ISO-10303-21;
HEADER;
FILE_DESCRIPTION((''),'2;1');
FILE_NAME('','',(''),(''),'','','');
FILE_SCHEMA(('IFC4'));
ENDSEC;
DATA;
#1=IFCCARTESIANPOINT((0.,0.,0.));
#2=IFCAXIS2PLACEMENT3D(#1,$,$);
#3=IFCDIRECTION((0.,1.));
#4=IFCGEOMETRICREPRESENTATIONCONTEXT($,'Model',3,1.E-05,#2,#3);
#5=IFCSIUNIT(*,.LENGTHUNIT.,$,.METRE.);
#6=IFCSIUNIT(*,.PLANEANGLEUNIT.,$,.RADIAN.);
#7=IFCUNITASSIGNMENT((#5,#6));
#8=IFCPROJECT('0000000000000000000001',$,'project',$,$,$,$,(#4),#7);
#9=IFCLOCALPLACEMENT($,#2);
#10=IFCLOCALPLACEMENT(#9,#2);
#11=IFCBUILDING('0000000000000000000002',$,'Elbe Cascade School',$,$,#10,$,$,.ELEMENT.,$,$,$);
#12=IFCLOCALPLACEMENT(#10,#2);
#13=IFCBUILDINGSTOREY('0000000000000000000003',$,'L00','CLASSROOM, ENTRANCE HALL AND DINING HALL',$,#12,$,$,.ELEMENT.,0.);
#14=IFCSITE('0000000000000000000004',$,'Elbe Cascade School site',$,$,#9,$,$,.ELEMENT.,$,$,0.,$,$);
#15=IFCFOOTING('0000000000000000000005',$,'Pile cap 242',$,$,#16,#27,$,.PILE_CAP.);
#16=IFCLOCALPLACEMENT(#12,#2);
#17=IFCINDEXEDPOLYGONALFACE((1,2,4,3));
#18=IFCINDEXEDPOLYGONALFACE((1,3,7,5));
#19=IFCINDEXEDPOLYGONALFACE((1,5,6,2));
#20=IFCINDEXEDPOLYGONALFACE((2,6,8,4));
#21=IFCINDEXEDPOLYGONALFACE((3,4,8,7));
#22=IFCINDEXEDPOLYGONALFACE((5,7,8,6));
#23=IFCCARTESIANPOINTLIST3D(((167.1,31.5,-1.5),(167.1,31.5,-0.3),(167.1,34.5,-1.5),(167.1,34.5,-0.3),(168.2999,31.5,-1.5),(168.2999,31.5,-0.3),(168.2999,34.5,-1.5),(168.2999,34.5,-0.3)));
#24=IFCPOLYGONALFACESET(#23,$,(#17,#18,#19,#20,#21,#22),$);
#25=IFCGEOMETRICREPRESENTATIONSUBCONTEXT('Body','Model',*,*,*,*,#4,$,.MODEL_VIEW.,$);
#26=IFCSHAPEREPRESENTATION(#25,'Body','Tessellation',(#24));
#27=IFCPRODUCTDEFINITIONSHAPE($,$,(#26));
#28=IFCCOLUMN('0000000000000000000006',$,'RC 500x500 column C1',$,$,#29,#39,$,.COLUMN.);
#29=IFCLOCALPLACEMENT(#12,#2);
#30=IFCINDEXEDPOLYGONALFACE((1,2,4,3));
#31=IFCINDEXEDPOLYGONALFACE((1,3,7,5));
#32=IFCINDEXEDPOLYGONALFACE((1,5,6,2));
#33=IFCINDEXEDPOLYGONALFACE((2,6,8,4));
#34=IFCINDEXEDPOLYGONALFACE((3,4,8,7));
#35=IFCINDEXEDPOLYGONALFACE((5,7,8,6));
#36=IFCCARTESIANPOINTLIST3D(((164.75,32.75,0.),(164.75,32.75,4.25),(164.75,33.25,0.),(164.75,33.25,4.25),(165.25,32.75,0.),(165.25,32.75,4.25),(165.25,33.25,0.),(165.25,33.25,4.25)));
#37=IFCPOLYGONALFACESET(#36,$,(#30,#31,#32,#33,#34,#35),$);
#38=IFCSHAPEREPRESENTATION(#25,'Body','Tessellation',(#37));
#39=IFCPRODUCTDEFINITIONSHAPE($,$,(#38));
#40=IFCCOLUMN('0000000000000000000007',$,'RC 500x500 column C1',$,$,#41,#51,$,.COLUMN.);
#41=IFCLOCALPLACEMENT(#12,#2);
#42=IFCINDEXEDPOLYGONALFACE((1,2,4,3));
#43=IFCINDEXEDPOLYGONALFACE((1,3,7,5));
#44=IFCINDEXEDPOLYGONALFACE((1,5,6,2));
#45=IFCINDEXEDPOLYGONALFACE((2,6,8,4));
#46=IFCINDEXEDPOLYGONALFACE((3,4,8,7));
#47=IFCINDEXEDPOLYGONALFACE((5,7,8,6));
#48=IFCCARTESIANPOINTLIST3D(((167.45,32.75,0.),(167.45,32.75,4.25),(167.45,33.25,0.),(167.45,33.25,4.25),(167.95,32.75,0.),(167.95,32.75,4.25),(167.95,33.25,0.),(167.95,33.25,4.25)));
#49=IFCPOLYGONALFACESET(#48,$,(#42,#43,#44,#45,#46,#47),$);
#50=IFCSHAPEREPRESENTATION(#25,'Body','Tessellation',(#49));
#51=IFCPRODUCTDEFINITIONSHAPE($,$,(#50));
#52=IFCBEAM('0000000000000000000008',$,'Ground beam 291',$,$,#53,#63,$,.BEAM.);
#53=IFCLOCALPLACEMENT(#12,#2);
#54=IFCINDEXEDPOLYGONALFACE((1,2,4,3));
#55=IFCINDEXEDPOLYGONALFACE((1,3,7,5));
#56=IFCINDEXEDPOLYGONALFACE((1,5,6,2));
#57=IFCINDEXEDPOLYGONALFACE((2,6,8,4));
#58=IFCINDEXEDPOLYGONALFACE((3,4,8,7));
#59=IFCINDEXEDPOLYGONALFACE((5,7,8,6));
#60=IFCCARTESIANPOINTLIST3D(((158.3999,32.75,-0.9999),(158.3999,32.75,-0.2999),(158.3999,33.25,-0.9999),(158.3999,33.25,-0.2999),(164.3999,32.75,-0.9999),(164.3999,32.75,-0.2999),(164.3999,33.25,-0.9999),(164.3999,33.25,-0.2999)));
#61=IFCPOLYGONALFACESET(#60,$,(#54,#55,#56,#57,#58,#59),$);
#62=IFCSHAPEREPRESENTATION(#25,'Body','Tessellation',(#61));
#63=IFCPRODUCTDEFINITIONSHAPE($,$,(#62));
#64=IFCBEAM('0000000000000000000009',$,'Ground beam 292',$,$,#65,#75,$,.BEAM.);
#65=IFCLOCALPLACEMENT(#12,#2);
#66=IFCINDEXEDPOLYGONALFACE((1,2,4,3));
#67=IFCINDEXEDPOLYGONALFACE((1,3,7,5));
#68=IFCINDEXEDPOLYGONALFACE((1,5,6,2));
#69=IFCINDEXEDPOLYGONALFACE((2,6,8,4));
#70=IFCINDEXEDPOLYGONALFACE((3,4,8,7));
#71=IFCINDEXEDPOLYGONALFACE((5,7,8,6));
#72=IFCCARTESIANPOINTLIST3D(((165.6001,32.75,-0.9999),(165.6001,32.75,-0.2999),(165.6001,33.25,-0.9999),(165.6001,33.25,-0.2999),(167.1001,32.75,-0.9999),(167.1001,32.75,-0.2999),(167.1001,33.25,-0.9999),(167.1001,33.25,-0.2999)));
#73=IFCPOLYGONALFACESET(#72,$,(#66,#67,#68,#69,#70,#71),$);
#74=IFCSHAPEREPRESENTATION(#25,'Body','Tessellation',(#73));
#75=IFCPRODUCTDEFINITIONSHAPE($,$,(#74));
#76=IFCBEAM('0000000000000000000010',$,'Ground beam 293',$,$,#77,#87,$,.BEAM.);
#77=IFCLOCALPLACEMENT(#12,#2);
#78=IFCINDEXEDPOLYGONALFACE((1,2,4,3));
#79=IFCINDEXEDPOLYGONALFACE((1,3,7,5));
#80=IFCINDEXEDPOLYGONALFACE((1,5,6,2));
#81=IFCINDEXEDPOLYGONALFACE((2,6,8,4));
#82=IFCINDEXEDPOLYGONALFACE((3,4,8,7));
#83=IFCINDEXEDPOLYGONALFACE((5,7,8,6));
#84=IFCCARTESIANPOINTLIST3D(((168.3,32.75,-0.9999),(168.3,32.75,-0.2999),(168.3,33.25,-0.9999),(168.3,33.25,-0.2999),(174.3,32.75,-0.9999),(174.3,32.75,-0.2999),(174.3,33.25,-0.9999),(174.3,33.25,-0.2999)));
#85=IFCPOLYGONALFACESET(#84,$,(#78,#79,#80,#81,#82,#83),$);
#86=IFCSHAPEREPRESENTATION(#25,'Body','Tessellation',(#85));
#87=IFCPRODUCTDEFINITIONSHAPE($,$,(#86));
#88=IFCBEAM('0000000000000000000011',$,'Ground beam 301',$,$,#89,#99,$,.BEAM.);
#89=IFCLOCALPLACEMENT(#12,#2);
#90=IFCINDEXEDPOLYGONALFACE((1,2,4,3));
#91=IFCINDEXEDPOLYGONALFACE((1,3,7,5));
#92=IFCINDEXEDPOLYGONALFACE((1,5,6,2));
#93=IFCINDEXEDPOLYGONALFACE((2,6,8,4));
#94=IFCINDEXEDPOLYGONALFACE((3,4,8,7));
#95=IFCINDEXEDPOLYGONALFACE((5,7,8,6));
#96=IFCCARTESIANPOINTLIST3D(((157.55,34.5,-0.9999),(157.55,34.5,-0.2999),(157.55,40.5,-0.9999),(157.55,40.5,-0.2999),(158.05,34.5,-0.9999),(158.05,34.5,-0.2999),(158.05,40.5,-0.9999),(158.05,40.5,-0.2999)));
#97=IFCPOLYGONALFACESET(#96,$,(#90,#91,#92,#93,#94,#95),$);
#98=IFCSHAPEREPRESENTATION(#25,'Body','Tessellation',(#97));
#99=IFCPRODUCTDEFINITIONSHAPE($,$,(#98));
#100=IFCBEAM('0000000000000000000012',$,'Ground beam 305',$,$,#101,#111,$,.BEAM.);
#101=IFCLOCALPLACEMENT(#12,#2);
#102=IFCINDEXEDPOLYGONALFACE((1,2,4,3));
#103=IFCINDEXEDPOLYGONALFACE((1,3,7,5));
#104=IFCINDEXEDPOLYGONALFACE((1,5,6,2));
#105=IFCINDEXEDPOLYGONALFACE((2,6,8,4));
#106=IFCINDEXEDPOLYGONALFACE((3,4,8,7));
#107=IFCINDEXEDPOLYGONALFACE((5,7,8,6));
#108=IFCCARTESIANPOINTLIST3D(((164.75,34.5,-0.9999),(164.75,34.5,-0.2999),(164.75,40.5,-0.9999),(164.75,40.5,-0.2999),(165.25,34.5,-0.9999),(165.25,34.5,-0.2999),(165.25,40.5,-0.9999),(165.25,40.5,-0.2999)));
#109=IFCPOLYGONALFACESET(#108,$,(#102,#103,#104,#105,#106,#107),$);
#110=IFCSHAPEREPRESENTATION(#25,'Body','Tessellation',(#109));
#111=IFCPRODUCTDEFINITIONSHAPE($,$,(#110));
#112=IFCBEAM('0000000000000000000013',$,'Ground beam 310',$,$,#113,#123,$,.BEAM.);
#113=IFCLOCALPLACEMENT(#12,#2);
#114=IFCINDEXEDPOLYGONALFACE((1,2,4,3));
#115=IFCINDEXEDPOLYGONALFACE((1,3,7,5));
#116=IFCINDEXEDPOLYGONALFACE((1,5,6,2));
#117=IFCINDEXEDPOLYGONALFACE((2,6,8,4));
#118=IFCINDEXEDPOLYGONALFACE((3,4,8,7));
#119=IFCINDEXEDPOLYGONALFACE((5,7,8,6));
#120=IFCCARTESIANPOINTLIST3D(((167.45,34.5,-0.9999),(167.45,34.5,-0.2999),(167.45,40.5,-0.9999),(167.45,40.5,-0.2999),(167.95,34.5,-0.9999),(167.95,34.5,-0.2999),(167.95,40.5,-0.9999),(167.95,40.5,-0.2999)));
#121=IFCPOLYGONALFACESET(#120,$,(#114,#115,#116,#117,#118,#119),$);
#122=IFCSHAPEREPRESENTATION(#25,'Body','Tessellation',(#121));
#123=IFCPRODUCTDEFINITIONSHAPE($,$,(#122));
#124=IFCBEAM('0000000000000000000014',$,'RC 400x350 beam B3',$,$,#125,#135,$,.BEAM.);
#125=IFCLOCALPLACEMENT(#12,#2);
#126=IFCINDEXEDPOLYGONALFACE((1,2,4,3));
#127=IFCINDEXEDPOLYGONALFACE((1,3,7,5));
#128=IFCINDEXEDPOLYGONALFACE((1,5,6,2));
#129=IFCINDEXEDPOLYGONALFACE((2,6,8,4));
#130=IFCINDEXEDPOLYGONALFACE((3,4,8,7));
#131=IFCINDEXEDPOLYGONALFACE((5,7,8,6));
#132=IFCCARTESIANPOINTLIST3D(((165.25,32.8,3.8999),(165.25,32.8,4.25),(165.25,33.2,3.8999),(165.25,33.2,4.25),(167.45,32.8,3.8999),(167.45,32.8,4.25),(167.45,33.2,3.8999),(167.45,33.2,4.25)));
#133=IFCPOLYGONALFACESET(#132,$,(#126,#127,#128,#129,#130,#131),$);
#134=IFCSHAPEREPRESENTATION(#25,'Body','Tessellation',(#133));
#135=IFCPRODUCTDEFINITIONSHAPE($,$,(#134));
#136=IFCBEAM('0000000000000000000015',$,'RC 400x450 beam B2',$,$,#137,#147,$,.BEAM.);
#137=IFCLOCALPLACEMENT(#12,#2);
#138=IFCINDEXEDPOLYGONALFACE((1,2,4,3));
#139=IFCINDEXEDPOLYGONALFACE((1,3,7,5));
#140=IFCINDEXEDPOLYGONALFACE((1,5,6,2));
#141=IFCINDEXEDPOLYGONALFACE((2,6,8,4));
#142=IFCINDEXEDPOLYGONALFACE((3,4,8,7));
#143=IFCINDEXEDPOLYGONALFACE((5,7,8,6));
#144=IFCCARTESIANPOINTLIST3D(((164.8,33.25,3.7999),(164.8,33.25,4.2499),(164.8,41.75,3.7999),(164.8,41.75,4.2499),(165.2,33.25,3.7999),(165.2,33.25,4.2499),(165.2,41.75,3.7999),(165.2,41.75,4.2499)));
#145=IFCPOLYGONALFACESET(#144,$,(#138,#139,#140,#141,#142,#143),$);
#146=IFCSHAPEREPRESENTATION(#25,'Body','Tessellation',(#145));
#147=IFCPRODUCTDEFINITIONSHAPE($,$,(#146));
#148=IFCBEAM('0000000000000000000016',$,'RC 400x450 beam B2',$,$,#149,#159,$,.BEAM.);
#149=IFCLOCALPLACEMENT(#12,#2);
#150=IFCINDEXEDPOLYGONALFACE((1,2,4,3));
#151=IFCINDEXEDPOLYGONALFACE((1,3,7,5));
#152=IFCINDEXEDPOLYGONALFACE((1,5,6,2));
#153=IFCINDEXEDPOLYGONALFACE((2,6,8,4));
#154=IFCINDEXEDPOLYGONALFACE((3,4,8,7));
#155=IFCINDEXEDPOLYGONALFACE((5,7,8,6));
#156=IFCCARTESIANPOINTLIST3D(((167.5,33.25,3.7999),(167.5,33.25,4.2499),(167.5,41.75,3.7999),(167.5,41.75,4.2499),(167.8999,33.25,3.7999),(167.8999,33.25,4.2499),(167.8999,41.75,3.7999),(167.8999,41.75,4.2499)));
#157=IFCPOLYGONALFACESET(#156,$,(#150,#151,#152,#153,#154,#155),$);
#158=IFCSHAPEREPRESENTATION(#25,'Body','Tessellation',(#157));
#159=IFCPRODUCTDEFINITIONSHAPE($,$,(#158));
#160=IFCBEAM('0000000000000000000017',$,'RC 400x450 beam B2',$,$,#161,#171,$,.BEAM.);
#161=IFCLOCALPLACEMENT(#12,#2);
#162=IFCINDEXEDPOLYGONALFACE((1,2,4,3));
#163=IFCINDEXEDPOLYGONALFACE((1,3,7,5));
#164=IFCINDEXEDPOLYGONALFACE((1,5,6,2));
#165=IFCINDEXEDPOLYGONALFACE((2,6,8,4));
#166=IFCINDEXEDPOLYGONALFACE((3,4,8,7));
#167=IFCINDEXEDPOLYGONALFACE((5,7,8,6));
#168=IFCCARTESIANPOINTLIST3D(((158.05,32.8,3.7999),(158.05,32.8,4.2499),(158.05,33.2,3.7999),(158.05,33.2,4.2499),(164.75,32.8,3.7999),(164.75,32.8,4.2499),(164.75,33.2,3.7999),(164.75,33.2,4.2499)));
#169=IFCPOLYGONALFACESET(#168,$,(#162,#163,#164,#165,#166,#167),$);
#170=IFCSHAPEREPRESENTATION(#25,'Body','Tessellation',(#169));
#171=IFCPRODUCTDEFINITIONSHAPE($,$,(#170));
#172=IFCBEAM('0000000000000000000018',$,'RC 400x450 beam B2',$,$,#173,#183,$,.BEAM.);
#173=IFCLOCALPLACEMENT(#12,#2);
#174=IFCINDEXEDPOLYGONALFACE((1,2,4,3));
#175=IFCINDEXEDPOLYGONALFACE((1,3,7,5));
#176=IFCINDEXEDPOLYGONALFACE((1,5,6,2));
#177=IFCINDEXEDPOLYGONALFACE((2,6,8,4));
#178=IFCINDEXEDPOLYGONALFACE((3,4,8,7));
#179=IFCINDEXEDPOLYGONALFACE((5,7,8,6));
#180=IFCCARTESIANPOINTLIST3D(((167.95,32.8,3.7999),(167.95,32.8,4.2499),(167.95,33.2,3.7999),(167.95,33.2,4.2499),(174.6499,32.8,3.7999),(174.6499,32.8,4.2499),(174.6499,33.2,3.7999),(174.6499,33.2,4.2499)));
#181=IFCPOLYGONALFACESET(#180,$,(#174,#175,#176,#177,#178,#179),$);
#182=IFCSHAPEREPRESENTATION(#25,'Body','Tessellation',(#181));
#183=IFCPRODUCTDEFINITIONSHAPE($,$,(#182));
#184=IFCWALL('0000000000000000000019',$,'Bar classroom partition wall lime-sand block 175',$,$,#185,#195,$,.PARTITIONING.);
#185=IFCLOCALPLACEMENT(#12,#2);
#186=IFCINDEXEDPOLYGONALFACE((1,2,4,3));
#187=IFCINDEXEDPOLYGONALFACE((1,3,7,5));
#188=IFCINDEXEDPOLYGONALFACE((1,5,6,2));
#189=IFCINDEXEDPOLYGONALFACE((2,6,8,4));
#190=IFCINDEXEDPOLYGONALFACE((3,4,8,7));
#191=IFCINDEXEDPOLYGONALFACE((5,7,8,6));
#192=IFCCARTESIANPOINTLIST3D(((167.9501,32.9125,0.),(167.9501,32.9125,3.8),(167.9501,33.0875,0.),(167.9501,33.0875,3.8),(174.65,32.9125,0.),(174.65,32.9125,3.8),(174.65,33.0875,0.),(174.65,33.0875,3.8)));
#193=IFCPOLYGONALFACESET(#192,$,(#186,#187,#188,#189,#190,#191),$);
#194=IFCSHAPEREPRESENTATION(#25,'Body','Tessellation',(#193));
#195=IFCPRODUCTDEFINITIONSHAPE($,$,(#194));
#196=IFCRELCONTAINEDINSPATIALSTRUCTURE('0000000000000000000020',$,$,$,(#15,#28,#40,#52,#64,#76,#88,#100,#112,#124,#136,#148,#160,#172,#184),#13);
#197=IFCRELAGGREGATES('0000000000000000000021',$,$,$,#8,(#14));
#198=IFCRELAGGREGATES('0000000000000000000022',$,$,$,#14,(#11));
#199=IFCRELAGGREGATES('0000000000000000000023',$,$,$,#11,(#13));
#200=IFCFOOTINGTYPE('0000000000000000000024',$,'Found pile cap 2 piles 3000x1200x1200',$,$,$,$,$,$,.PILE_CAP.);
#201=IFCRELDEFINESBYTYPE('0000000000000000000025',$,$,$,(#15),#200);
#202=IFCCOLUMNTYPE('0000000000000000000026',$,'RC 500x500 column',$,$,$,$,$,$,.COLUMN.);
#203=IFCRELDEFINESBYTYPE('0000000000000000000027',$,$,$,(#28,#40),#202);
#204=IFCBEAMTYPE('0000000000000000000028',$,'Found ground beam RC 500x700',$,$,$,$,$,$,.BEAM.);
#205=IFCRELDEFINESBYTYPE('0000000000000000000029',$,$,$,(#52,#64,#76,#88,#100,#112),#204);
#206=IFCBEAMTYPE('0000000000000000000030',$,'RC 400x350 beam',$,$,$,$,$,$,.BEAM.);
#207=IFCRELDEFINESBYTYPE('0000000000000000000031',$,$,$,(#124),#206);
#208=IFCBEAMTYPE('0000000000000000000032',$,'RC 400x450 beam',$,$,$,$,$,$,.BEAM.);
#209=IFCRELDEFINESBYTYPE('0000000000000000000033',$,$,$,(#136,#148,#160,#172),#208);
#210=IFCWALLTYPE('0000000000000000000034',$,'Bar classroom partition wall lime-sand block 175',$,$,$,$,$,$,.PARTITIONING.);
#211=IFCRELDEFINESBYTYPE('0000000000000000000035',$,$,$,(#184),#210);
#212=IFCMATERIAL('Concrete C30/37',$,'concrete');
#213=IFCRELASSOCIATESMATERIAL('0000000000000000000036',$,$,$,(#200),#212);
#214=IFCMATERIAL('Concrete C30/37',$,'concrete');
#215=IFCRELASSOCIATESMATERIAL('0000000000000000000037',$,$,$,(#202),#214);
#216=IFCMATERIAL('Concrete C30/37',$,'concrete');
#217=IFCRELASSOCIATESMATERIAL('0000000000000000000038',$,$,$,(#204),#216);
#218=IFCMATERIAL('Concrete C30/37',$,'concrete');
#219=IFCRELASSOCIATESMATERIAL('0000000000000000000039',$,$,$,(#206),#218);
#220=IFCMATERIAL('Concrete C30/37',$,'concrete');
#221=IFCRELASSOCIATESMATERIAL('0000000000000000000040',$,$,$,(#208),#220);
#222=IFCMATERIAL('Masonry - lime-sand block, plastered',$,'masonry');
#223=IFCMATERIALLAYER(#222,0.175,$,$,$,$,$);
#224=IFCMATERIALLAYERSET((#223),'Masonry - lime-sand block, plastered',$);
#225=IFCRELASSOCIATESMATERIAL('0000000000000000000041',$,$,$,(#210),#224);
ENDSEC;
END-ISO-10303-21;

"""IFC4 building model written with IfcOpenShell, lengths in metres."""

from ifc_helpers import new_model, si_unit, direction, frame, frame_2d, origin, origin_2d, place, context, subcontext, project, spatial, rectangle, extrude, material, layer, layer_set, material_profile, profile_set, type_object, element, save


model = new_model("IFC4")

# Units and contexts
model_context = context("Model", 3, precision=1e-05, world=origin(), true_north=direction((0.0, 1.0)))
body_context = subcontext(model_context, "Body", "Model", "MODEL_VIEW")
ifc_project = project(units=[si_unit("LENGTHUNIT", "METRE"), si_unit("PLANEANGLEUNIT", "RADIAN")], contexts=[model_context])

# Site, building, storey
site_placement = place(None, origin())
site = spatial("IfcSite", under=ifc_project, at=site_placement, Name="Elbe Cascade School site", CompositionType="ELEMENT", RefElevation=0.0)
building_placement = place(site_placement, origin())
building = spatial("IfcBuilding", under=site, at=building_placement, Name="Elbe Cascade School", CompositionType="ELEMENT")
storey_placement = place(building_placement, origin())
storey = spatial("IfcBuildingStorey", under=building, at=storey_placement, Name="L00", Description="CLASSROOM, ENTRANCE HALL AND DINING HALL", CompositionType="ELEMENT", Elevation=0.0)

# Footing
ifc_material_1 = material(Name="Concrete C30/37", Category="concrete")
footing_type = type_object("IfcFootingType", Name="Found pile cap 2 piles 3000x1200x1200", PredefinedType="PILE_CAP", material=ifc_material_1)
for number, where, z_axis, x_axis, name in (
    (1, (167.7, 33.0, -1.5), (0.0, 0.0, 1.0), (1.0, 0.0, 0.0), "Pile cap 242"),
):
    element("IfcFooting", number, at=place(storey_placement, frame(where, z_axis=z_axis, x_axis=x_axis)), inside=storey, type_object=footing_type, Name=name, PredefinedType="PILE_CAP", context=body_context, shape_type="SweptSolid", body=[
        extrude(rectangle(XDim=1.2, YDim=3.0, at=origin_2d()), origin(), (0.0, 0.0, 1.0), 1.2),
    ])

# Columns
ifc_material_2 = material(Name="Concrete C30/37", Category="concrete")
ifc_material_profile_1 = material_profile(ifc_material_2, rectangle(XDim=0.5, YDim=0.5, at=origin_2d()), Name="RC 500x500")
ifc_profile_set_1 = profile_set([ifc_material_profile_1], Name="Concrete C30/37")
column_type = type_object("IfcColumnType", Name="RC 500x500 column", PredefinedType="COLUMN", material=ifc_profile_set_1)
for number, where, z_axis, x_axis, name in (
    (2, (165.0, 33.0, 0.0), (0.0, 0.0, 1.0), (1.0, 0.0, 0.0), "RC 500x500 column C1"),
    (3, (167.7, 33.0, 0.0), (0.0, 0.0, 1.0), (1.0, 0.0, 0.0), "RC 500x500 column C1"),
):
    element("IfcColumn", number, at=place(storey_placement, frame(where, z_axis=z_axis, x_axis=x_axis)), inside=storey, type_object=column_type, Name=name, PredefinedType="COLUMN", context=body_context, shape_type="SweptSolid", body=[
        extrude(rectangle(XDim=0.5, YDim=0.5, at=origin_2d()), origin(), (0.0, 0.0, 1.0), 4.25),
    ])

# Beams
ifc_material_3 = material(Name="Concrete C30/37", Category="concrete")
ifc_material_profile_2 = material_profile(ifc_material_3, rectangle(XDim=0.5, YDim=0.7, at=origin_2d()), Name="RC 500x700")
ifc_profile_set_2 = profile_set([ifc_material_profile_2], Name="Concrete C30/37")
beam_type_1 = type_object("IfcBeamType", Name="Found ground beam RC 500x700", PredefinedType="BEAM", material=ifc_profile_set_2)
beam_1_placement = place(storey_placement, frame((158.3999, 33.0, -0.6499), z_axis=(1.0, 0.0, 0.0), x_axis=(0.0, 1.0, 0.0)))
element("IfcBeam", 4, at=beam_1_placement, inside=storey, type_object=beam_type_1, Name="Ground beam 291", PredefinedType="BEAM", context=body_context, shape_type="SweptSolid", body=[
    extrude(rectangle(XDim=0.5, YDim=0.7, at=origin_2d()), origin(), (0.0, 0.0, 1.0), 6.0),
])
beam_2_placement = place(storey_placement, frame((165.6001, 33.0, -0.6499), z_axis=(1.0, 0.0, 0.0), x_axis=(0.0, 1.0, 0.0)))
element("IfcBeam", 5, at=beam_2_placement, inside=storey, type_object=beam_type_1, Name="Ground beam 292", PredefinedType="BEAM", context=body_context, shape_type="SweptSolid", body=[
    extrude(rectangle(XDim=0.5, YDim=0.7, at=origin_2d()), origin(), (0.0, 0.0, 1.0), 1.5),
])
for number, where, z_axis, x_axis, name in (
    (6, (168.3, 33.0, -0.6499), (1.0, 0.0, 0.0), (0.0, 1.0, 0.0), "Ground beam 293"),
    (7, (157.8, 34.5, -0.6499), (0.0, 1.0, 0.0), (-1.0, 0.0, 0.0), "Ground beam 301"),
    (8, (165.0, 34.5, -0.6499), (0.0, 1.0, 0.0), (-1.0, 0.0, 0.0), "Ground beam 305"),
    (9, (167.7, 34.5, -0.6499), (0.0, 1.0, 0.0), (-1.0, 0.0, 0.0), "Ground beam 310"),
):
    element("IfcBeam", number, at=place(storey_placement, frame(where, z_axis=z_axis, x_axis=x_axis)), inside=storey, type_object=beam_type_1, Name=name, PredefinedType="BEAM", context=body_context, shape_type="SweptSolid", body=[
        extrude(rectangle(XDim=0.5, YDim=0.7, at=origin_2d()), origin(), (0.0, 0.0, 1.0), 6.0),
    ])
ifc_material_4 = material(Name="Concrete C30/37", Category="concrete")
ifc_material_profile_3 = material_profile(ifc_material_4, rectangle(XDim=0.3999, YDim=0.3501, at=origin_2d()), Name="RC 400x350")
ifc_profile_set_3 = profile_set([ifc_material_profile_3], Name="Concrete C30/37")
beam_type_2 = type_object("IfcBeamType", Name="RC 400x350 beam", PredefinedType="BEAM", material=ifc_profile_set_3)
beam_3_placement = place(storey_placement, frame((165.25, 33.0, 4.075), z_axis=(1.0, 0.0, 0.0), x_axis=(0.0, 1.0, 0.0)))
element("IfcBeam", 10, at=beam_3_placement, inside=storey, type_object=beam_type_2, Name="RC 400x350 beam B3", PredefinedType="BEAM", context=body_context, shape_type="SweptSolid", body=[
    extrude(rectangle(XDim=0.3999, YDim=0.3501, at=origin_2d()), origin(), (0.0, 0.0, 1.0), 2.2),
])
ifc_material_5 = material(Name="Concrete C30/37", Category="concrete")
ifc_material_profile_4 = material_profile(ifc_material_5, rectangle(XDim=0.3999, YDim=0.45, at=origin_2d()), Name="RC 400x450")
ifc_profile_set_4 = profile_set([ifc_material_profile_4], Name="Concrete C30/37")
beam_type_3 = type_object("IfcBeamType", Name="RC 400x450 beam", PredefinedType="BEAM", material=ifc_profile_set_4)
for number, where, z_axis, x_axis, name in (
    (11, (165.0, 33.25, 4.0249), (0.0, 1.0, 0.0), (-1.0, 0.0, 0.0), "RC 400x450 beam B2"),
    (12, (167.7, 33.25, 4.0249), (0.0, 1.0, 0.0), (-1.0, 0.0, 0.0), "RC 400x450 beam B2"),
):
    element("IfcBeam", number, at=place(storey_placement, frame(where, z_axis=z_axis, x_axis=x_axis)), inside=storey, type_object=beam_type_3, Name=name, PredefinedType="BEAM", context=body_context, shape_type="SweptSolid", body=[
        extrude(rectangle(XDim=0.3999, YDim=0.45, at=origin_2d()), origin(), (0.0, 0.0, 1.0), 8.5),
    ])
for number, where, z_axis, x_axis, name in (
    (13, (158.05, 33.0, 4.0249), (1.0, 0.0, 0.0), (0.0, 1.0, 0.0), "RC 400x450 beam B2"),
    (14, (167.95, 33.0, 4.0249), (1.0, 0.0, 0.0), (0.0, 1.0, 0.0), "RC 400x450 beam B2"),
):
    element("IfcBeam", number, at=place(storey_placement, frame(where, z_axis=z_axis, x_axis=x_axis)), inside=storey, type_object=beam_type_3, Name=name, PredefinedType="BEAM", context=body_context, shape_type="SweptSolid", body=[
        extrude(rectangle(XDim=0.3999, YDim=0.45, at=origin_2d()), origin(), (0.0, 0.0, 1.0), 6.7),
    ])

# Wall
ifc_material_6 = material(Name="Masonry - lime-sand block, plastered", Category="masonry")
ifc_layer_1 = layer(ifc_material_6, 0.175)
ifc_layer_set_1 = layer_set([ifc_layer_1], Name="Masonry - lime-sand block, plastered")
wall_type_1 = type_object("IfcWallType", Name="Bar classroom partition wall lime-sand block 175", PredefinedType="PARTITIONING", material=ifc_layer_set_1)
wall_1_placement = place(storey_placement, frame((167.95, 33.0, 0.0), z_axis=(0.0, 0.0, 1.0), x_axis=(1.0, 0.0, 0.0)))
element("IfcWall", 15, at=wall_1_placement, inside=storey, type_object=wall_type_1, Name="Bar classroom partition wall lime-sand block 175", PredefinedType="PARTITIONING", context=body_context, shape_type="SweptSolid", body=[
    extrude(rectangle(XDim=6.7, YDim=0.175, at=frame_2d((3.3501, 0.0))), origin(), (0.0, 0.0, 1.0), 3.8),
])

save(model, "model.ifc")
